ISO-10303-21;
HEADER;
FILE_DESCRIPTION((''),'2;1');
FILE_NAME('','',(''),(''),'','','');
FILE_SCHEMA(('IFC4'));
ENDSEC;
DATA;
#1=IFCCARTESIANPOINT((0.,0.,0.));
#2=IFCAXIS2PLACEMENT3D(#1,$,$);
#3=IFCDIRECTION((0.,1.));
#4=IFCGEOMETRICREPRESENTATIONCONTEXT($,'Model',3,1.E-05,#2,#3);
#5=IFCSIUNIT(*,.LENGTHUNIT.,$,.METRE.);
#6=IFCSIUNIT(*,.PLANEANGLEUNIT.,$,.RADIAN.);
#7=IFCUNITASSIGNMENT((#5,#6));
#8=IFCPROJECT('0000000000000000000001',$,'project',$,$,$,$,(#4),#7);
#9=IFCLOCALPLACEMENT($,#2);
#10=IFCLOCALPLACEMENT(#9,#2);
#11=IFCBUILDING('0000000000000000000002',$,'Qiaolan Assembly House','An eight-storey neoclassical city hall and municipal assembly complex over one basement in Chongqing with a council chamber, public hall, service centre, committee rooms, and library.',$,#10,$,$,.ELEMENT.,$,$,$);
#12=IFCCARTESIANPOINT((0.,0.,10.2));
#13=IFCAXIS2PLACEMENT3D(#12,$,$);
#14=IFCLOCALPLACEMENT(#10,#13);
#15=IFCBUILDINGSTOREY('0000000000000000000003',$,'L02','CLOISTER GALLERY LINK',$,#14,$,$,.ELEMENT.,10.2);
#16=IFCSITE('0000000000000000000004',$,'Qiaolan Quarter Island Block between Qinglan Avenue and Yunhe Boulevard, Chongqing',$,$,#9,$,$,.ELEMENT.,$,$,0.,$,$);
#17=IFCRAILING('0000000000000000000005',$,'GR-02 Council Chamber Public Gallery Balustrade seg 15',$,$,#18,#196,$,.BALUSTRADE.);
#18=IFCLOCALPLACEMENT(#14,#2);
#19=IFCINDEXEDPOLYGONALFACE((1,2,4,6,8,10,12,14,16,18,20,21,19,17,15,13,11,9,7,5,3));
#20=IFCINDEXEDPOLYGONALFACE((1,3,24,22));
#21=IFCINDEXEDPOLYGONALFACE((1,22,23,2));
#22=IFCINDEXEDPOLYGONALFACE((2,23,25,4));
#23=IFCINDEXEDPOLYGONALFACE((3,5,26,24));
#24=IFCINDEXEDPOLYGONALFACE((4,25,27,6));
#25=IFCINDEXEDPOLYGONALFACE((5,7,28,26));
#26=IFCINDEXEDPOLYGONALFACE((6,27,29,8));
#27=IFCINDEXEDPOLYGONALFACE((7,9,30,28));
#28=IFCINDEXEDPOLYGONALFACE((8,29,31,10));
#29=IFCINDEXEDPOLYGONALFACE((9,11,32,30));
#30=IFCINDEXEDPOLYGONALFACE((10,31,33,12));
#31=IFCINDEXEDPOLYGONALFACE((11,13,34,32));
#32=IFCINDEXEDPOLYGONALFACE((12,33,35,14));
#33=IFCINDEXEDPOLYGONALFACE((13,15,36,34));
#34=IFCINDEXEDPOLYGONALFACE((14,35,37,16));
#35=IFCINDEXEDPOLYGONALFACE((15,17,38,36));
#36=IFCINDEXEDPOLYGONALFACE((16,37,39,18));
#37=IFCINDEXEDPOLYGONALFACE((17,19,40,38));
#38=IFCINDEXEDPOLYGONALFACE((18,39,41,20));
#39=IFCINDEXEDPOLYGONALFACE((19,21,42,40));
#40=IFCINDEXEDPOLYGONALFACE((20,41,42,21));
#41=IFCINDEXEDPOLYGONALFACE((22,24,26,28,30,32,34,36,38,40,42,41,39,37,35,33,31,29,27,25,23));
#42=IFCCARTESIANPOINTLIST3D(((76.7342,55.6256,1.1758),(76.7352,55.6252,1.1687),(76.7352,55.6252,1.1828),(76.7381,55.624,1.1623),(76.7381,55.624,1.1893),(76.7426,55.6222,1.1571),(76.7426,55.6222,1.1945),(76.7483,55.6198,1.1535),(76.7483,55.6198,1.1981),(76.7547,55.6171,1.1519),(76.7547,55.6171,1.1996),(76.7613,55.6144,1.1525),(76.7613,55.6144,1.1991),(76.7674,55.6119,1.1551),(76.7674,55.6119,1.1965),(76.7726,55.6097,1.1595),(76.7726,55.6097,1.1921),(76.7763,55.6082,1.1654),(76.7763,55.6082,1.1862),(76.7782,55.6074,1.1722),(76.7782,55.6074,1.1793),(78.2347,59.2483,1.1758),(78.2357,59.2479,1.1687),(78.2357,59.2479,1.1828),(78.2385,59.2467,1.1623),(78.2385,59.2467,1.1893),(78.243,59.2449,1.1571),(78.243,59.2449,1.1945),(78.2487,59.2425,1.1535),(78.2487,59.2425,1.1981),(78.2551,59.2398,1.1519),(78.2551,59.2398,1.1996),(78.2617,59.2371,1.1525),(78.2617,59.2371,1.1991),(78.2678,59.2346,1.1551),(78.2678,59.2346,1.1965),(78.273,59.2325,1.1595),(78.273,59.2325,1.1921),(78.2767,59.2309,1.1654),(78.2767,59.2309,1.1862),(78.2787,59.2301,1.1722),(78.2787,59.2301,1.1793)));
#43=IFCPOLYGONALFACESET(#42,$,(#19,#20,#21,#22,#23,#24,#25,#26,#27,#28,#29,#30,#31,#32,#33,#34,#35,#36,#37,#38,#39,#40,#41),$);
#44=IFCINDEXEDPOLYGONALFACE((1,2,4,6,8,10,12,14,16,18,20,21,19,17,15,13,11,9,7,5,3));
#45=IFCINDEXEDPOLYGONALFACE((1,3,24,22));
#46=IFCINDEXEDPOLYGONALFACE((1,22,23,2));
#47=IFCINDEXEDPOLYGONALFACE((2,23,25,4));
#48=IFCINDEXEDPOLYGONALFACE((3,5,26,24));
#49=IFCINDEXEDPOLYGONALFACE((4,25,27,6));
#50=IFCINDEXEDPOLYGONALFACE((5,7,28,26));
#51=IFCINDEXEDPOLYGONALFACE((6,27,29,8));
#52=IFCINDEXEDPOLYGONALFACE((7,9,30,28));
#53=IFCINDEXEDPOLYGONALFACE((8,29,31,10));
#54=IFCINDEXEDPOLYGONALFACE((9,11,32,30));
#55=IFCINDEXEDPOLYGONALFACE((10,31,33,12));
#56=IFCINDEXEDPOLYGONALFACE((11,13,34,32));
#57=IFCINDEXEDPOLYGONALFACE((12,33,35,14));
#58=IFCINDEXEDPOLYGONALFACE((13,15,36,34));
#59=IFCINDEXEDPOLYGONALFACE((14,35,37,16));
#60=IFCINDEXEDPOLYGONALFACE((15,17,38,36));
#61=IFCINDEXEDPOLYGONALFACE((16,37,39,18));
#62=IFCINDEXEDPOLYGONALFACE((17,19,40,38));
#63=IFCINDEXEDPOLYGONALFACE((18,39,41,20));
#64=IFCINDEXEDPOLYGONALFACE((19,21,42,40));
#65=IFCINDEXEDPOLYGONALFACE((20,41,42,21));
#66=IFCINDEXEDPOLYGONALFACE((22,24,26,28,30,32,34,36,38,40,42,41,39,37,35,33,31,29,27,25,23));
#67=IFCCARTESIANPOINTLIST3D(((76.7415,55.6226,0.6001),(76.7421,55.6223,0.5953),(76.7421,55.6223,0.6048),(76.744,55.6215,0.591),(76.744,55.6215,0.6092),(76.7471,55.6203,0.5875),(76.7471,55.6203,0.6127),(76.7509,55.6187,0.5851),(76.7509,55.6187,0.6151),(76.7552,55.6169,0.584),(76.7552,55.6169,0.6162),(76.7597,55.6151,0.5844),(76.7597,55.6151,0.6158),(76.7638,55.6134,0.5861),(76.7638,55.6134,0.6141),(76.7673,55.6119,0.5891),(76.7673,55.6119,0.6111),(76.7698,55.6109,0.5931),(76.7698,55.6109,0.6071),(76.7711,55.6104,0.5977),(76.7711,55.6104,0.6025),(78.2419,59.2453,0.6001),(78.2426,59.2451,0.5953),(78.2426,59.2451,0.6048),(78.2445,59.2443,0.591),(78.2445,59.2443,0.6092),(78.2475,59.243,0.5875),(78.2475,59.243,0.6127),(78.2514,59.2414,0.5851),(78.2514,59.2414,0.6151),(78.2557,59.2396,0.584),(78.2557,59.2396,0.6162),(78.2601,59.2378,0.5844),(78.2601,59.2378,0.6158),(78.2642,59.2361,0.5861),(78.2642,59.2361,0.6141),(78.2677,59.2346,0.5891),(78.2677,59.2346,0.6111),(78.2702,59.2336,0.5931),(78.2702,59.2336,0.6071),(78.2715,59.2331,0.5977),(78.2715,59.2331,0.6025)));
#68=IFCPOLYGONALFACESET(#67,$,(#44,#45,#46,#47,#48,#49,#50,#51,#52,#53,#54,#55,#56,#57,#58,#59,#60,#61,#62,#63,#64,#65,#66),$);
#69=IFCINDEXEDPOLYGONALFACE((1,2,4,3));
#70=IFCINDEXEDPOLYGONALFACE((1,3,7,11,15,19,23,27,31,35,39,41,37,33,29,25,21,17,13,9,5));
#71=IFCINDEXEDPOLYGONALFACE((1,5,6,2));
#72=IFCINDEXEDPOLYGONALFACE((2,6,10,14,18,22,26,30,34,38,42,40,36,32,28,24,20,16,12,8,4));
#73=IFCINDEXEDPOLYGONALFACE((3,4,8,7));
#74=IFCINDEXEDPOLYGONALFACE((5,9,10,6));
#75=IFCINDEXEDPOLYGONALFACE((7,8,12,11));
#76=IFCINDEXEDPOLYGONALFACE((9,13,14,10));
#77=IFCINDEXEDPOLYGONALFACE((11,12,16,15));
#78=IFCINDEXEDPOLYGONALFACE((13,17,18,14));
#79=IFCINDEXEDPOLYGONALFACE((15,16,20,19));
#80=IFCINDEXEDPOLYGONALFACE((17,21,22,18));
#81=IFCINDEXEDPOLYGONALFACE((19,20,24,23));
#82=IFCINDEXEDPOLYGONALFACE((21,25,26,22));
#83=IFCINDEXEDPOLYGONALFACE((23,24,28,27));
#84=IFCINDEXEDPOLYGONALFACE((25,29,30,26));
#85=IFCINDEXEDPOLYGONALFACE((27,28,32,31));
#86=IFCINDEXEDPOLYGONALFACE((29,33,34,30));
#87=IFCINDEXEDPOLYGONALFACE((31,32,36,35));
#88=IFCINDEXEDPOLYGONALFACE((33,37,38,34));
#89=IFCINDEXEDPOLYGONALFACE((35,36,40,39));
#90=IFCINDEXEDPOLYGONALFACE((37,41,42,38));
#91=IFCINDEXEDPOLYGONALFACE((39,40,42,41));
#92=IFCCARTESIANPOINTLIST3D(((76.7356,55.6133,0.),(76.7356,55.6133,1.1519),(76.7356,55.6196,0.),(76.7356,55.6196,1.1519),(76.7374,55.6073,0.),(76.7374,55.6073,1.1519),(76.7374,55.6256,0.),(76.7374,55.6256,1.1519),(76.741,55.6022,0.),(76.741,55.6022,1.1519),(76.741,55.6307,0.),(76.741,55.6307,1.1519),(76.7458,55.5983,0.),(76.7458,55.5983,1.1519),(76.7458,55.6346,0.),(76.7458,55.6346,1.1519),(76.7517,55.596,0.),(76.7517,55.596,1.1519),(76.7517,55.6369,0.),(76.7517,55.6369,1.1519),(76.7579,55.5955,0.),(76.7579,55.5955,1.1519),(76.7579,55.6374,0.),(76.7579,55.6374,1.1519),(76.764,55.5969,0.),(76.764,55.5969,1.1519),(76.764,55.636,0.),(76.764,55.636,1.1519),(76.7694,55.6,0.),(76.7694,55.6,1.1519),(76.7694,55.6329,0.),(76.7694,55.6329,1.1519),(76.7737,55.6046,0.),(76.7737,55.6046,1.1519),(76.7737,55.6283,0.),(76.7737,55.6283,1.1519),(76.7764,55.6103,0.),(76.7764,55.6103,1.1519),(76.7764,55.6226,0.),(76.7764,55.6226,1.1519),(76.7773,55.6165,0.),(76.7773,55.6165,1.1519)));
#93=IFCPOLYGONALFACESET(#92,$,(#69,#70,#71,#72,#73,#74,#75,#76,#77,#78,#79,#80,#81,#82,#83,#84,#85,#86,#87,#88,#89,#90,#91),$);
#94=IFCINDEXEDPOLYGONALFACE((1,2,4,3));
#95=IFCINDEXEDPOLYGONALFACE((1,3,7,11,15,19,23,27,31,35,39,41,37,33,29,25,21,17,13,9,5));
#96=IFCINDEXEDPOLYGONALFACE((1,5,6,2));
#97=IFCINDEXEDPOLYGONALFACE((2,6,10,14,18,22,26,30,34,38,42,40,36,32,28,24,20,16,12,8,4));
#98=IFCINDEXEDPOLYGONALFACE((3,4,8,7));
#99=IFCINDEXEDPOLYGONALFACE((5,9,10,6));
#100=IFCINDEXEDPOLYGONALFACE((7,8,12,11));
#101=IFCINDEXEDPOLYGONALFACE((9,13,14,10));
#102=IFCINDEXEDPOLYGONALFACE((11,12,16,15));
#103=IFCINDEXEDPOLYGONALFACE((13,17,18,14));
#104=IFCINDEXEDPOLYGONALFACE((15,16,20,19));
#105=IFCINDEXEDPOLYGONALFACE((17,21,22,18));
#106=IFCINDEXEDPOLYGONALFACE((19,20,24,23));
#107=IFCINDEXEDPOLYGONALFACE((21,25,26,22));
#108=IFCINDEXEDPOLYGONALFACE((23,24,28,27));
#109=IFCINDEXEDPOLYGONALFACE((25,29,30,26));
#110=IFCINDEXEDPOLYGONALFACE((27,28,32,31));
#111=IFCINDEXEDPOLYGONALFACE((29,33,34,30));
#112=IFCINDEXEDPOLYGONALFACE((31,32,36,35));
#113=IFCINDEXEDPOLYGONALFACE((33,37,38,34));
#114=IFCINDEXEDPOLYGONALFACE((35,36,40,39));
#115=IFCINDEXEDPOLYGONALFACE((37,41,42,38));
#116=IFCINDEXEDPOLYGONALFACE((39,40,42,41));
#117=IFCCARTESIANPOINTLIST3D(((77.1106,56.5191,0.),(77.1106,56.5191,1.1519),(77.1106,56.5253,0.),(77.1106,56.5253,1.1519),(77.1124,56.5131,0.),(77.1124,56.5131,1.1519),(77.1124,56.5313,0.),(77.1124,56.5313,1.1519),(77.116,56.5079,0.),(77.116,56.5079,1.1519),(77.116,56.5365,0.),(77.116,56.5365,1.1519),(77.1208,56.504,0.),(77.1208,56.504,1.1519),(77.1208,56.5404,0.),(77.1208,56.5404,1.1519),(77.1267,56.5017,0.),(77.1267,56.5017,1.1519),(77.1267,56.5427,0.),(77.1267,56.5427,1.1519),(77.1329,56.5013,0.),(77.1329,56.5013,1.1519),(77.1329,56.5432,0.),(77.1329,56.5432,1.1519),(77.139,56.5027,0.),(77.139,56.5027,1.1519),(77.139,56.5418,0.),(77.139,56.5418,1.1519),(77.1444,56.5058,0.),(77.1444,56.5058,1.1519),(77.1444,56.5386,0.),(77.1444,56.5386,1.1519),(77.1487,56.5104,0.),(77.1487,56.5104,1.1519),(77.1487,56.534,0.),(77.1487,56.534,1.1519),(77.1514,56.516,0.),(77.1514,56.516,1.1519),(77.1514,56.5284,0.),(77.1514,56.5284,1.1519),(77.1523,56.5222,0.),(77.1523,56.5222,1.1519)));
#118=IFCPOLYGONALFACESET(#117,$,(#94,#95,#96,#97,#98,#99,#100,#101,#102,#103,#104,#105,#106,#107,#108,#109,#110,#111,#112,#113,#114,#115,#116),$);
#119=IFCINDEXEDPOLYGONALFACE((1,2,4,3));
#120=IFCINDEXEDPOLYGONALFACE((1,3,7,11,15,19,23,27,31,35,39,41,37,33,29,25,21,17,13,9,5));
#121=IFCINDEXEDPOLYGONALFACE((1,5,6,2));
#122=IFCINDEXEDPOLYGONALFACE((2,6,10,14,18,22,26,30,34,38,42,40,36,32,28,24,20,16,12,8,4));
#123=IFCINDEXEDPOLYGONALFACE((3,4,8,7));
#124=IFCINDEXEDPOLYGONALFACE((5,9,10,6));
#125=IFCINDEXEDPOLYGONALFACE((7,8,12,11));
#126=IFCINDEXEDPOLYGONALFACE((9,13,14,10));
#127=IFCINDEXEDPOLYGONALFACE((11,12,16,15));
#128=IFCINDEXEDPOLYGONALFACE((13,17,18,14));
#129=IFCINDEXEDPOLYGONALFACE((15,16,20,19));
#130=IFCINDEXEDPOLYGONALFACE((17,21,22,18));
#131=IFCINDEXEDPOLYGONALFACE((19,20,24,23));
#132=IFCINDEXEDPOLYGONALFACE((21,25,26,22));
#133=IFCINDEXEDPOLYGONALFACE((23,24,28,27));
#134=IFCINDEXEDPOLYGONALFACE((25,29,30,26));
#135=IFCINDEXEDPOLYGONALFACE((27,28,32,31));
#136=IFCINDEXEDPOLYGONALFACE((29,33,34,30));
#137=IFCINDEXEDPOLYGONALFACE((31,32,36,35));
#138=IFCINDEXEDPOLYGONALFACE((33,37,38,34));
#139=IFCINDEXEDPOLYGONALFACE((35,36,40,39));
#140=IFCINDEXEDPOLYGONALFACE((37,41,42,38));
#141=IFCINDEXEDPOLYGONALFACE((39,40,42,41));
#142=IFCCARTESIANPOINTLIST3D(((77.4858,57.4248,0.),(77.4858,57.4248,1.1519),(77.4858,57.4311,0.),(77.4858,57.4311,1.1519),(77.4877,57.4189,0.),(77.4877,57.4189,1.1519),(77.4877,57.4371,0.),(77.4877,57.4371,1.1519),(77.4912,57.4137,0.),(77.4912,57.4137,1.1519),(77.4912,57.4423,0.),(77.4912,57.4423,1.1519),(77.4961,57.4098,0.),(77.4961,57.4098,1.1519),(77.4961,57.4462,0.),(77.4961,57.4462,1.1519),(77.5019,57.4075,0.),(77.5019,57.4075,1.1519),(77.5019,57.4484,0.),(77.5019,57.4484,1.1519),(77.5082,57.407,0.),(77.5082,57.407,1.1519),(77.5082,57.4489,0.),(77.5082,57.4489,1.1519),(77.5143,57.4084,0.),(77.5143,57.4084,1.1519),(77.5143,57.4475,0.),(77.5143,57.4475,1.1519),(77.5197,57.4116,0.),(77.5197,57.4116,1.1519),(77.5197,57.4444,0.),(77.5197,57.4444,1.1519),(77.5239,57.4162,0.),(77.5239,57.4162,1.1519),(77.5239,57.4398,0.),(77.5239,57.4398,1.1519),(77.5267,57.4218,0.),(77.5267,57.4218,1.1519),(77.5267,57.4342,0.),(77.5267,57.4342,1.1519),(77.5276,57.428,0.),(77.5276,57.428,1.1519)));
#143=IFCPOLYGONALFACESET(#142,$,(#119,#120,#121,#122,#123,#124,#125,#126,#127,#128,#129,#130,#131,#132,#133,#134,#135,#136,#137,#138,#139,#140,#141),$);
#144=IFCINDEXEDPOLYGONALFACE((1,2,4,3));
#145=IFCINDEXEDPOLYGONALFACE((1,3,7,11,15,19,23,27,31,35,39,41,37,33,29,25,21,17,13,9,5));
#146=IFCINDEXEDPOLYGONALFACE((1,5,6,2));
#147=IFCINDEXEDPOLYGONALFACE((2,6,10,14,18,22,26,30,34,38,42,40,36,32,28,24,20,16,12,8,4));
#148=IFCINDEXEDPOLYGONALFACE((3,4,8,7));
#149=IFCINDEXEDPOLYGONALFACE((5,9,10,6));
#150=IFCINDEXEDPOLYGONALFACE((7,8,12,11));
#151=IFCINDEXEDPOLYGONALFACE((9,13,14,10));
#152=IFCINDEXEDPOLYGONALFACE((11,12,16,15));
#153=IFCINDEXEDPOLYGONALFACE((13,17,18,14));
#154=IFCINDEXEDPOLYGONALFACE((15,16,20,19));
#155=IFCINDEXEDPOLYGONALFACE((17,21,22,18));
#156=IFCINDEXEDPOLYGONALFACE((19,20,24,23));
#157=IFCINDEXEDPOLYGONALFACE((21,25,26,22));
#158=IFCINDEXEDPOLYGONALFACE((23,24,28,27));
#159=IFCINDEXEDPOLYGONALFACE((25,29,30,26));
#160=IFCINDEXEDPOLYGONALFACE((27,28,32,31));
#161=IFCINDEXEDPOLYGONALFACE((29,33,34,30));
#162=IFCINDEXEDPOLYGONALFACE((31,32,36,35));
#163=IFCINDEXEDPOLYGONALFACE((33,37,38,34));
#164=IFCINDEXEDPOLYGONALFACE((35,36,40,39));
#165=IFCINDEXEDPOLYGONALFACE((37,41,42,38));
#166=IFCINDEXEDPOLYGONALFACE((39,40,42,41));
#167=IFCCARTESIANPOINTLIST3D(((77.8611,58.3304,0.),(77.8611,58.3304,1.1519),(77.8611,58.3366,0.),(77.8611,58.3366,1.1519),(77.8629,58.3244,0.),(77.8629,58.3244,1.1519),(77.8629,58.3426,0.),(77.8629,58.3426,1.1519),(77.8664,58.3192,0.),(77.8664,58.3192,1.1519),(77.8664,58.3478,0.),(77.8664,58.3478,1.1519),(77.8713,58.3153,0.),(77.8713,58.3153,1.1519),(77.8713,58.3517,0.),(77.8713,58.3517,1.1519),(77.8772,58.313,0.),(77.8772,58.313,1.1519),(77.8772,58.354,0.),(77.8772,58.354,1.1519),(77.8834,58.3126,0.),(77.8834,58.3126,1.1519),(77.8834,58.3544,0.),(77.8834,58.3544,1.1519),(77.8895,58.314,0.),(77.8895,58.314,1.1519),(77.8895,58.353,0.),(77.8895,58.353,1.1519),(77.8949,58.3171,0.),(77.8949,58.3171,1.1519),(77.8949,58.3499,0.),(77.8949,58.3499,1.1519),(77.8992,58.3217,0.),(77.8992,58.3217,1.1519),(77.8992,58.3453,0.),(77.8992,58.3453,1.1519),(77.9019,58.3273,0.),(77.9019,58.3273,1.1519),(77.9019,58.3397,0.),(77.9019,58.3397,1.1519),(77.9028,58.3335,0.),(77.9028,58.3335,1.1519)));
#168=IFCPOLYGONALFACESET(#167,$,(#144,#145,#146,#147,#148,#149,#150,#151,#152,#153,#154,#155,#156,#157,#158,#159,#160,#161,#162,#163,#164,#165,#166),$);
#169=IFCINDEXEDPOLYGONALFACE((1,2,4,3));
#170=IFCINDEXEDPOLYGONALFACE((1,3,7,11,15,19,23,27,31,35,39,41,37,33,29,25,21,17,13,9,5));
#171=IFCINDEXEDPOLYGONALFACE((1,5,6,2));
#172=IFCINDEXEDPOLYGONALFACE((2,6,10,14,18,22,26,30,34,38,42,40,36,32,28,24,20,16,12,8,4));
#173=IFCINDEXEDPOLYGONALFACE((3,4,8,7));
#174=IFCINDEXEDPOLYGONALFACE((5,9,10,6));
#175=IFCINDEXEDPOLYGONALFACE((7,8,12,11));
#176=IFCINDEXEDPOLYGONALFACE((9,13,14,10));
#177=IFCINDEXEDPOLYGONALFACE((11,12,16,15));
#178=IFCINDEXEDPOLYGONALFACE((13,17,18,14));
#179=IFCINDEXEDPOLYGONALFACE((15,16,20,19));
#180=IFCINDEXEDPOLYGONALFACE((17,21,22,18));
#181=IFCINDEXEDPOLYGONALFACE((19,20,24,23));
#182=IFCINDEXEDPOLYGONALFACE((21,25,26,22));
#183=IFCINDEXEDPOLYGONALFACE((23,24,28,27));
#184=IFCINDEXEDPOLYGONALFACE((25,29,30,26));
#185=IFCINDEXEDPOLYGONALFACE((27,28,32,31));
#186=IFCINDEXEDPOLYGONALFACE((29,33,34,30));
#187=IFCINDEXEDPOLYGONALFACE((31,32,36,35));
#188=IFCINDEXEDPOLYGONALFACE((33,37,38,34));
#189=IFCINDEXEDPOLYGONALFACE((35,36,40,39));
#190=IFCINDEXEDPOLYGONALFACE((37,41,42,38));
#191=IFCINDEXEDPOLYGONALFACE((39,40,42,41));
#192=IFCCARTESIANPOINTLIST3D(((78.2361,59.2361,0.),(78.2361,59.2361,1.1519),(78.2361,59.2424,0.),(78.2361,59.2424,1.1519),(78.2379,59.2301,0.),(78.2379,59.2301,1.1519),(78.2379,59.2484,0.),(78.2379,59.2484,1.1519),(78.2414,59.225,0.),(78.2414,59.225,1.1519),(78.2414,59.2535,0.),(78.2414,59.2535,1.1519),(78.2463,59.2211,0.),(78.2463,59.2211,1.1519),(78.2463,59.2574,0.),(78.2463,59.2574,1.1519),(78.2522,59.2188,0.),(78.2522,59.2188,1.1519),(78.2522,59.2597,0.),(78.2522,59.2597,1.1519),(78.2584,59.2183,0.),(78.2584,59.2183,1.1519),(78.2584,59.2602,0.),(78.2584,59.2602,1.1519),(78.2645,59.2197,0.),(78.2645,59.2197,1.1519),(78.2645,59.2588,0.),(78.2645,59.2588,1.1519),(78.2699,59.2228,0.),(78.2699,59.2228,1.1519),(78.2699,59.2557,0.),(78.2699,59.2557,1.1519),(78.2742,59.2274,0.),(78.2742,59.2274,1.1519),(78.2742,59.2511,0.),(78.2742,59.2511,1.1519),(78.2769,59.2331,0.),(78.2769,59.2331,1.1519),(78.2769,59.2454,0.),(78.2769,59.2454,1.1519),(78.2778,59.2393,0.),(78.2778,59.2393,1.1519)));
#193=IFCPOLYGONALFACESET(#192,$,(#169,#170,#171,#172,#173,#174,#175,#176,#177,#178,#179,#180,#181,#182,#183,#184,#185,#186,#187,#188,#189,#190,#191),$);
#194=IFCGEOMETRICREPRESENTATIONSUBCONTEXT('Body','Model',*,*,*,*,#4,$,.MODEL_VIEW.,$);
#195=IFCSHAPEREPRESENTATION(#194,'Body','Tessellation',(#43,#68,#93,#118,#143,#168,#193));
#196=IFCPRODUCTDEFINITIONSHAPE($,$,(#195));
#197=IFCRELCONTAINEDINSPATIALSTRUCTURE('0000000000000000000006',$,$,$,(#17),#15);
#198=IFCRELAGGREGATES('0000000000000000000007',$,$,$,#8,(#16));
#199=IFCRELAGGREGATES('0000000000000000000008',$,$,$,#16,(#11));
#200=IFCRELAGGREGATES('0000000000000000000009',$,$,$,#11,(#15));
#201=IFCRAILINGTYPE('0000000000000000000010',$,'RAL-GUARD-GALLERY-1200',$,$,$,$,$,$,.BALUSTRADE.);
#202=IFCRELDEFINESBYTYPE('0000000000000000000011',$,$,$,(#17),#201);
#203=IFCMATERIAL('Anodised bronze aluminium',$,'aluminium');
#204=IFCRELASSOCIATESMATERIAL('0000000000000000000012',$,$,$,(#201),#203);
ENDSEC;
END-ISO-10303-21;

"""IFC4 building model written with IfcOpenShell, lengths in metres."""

from ifc_helpers import new_model, si_unit, direction, frame, origin, origin_2d, place, context, subcontext, project, spatial, circle, extrude, material, type_object, element, save


model = new_model("IFC4")

# Units and contexts
model_context = context("Model", 3, precision=1e-05, world=origin(), true_north=direction((0.0, 1.0)))
body_context = subcontext(model_context, "Body", "Model", "MODEL_VIEW")
ifc_project = project(units=[si_unit("LENGTHUNIT", "METRE"), si_unit("PLANEANGLEUNIT", "RADIAN")], contexts=[model_context])

# Site, building, storey
site_placement = place(None, origin())
site = spatial("IfcSite", under=ifc_project, at=site_placement, Name="Qiaolan Quarter Island Block between Qinglan Avenue and Yunhe Boulevard, Chongqing", CompositionType="ELEMENT", RefElevation=0.0)
building_placement = place(site_placement, origin())
building = spatial("IfcBuilding", under=site, at=building_placement, Name="Qiaolan Assembly House", Description="An eight-storey neoclassical city hall and municipal assembly complex over one basement in Chongqing with a council chamber, public hall, service centre, committee rooms, and library.", CompositionType="ELEMENT")
storey_placement = place(building_placement, frame((0.0, 0.0, 10.2)))
storey = spatial("IfcBuildingStorey", under=building, at=storey_placement, Name="L02", Description="CLOISTER GALLERY LINK", CompositionType="ELEMENT", Elevation=10.2)

# Railing
ifc_material_1 = material(Name="Anodised bronze aluminium", Category="aluminium")
railing_type = type_object("IfcRailingType", Name="RAL-GUARD-GALLERY-1200", PredefinedType="BALUSTRADE", material=ifc_material_1)
railing_1_placement = place(storey_placement, frame((76.7563, 55.6165, 0.0)))
element("IfcRailing", 1, at=railing_1_placement, inside=storey, type_object=railing_type, Name="GR-02 Council Chamber Public Gallery Balustrade seg 15", PredefinedType="BALUSTRADE", context=body_context, shape_type="SweptSolid", body=[
    extrude(circle(Radius=0.0239, at=origin_2d()), frame((0.0, 0.0, 1.1758), z_axis=(0.382656, 0.923891, 0.0), x_axis=(-0.923891, 0.382656, 0.0)), (0.0, 0.0, 1.0), 3.9211),
    extrude(circle(Radius=0.0161, at=origin_2d()), frame((0.0, 0.0, 0.6001), z_axis=(0.382656, 0.923891, 0.0), x_axis=(-0.923891, 0.382656, 0.0)), (0.0, 0.0, 1.0), 3.9211),
    extrude(circle(Radius=0.021, at=origin_2d()), origin(), (0.0, 0.0, 1.0), 1.1519),
    extrude(circle(Radius=0.021, at=origin_2d()), frame((0.375, 0.9058, 0.0)), (0.0, 0.0, 1.0), 1.1519),
    extrude(circle(Radius=0.021, at=origin_2d()), frame((0.7502, 1.8115, 0.0)), (0.0, 0.0, 1.0), 1.1519),
    extrude(circle(Radius=0.021, at=origin_2d()), frame((1.1255, 2.717, 0.0)), (0.0, 0.0, 1.0), 1.1519),
    extrude(circle(Radius=0.021, at=origin_2d()), frame((1.5005, 3.6228, 0.0)), (0.0, 0.0, 1.0), 1.1519),
])

save(model, "model.ifc")
